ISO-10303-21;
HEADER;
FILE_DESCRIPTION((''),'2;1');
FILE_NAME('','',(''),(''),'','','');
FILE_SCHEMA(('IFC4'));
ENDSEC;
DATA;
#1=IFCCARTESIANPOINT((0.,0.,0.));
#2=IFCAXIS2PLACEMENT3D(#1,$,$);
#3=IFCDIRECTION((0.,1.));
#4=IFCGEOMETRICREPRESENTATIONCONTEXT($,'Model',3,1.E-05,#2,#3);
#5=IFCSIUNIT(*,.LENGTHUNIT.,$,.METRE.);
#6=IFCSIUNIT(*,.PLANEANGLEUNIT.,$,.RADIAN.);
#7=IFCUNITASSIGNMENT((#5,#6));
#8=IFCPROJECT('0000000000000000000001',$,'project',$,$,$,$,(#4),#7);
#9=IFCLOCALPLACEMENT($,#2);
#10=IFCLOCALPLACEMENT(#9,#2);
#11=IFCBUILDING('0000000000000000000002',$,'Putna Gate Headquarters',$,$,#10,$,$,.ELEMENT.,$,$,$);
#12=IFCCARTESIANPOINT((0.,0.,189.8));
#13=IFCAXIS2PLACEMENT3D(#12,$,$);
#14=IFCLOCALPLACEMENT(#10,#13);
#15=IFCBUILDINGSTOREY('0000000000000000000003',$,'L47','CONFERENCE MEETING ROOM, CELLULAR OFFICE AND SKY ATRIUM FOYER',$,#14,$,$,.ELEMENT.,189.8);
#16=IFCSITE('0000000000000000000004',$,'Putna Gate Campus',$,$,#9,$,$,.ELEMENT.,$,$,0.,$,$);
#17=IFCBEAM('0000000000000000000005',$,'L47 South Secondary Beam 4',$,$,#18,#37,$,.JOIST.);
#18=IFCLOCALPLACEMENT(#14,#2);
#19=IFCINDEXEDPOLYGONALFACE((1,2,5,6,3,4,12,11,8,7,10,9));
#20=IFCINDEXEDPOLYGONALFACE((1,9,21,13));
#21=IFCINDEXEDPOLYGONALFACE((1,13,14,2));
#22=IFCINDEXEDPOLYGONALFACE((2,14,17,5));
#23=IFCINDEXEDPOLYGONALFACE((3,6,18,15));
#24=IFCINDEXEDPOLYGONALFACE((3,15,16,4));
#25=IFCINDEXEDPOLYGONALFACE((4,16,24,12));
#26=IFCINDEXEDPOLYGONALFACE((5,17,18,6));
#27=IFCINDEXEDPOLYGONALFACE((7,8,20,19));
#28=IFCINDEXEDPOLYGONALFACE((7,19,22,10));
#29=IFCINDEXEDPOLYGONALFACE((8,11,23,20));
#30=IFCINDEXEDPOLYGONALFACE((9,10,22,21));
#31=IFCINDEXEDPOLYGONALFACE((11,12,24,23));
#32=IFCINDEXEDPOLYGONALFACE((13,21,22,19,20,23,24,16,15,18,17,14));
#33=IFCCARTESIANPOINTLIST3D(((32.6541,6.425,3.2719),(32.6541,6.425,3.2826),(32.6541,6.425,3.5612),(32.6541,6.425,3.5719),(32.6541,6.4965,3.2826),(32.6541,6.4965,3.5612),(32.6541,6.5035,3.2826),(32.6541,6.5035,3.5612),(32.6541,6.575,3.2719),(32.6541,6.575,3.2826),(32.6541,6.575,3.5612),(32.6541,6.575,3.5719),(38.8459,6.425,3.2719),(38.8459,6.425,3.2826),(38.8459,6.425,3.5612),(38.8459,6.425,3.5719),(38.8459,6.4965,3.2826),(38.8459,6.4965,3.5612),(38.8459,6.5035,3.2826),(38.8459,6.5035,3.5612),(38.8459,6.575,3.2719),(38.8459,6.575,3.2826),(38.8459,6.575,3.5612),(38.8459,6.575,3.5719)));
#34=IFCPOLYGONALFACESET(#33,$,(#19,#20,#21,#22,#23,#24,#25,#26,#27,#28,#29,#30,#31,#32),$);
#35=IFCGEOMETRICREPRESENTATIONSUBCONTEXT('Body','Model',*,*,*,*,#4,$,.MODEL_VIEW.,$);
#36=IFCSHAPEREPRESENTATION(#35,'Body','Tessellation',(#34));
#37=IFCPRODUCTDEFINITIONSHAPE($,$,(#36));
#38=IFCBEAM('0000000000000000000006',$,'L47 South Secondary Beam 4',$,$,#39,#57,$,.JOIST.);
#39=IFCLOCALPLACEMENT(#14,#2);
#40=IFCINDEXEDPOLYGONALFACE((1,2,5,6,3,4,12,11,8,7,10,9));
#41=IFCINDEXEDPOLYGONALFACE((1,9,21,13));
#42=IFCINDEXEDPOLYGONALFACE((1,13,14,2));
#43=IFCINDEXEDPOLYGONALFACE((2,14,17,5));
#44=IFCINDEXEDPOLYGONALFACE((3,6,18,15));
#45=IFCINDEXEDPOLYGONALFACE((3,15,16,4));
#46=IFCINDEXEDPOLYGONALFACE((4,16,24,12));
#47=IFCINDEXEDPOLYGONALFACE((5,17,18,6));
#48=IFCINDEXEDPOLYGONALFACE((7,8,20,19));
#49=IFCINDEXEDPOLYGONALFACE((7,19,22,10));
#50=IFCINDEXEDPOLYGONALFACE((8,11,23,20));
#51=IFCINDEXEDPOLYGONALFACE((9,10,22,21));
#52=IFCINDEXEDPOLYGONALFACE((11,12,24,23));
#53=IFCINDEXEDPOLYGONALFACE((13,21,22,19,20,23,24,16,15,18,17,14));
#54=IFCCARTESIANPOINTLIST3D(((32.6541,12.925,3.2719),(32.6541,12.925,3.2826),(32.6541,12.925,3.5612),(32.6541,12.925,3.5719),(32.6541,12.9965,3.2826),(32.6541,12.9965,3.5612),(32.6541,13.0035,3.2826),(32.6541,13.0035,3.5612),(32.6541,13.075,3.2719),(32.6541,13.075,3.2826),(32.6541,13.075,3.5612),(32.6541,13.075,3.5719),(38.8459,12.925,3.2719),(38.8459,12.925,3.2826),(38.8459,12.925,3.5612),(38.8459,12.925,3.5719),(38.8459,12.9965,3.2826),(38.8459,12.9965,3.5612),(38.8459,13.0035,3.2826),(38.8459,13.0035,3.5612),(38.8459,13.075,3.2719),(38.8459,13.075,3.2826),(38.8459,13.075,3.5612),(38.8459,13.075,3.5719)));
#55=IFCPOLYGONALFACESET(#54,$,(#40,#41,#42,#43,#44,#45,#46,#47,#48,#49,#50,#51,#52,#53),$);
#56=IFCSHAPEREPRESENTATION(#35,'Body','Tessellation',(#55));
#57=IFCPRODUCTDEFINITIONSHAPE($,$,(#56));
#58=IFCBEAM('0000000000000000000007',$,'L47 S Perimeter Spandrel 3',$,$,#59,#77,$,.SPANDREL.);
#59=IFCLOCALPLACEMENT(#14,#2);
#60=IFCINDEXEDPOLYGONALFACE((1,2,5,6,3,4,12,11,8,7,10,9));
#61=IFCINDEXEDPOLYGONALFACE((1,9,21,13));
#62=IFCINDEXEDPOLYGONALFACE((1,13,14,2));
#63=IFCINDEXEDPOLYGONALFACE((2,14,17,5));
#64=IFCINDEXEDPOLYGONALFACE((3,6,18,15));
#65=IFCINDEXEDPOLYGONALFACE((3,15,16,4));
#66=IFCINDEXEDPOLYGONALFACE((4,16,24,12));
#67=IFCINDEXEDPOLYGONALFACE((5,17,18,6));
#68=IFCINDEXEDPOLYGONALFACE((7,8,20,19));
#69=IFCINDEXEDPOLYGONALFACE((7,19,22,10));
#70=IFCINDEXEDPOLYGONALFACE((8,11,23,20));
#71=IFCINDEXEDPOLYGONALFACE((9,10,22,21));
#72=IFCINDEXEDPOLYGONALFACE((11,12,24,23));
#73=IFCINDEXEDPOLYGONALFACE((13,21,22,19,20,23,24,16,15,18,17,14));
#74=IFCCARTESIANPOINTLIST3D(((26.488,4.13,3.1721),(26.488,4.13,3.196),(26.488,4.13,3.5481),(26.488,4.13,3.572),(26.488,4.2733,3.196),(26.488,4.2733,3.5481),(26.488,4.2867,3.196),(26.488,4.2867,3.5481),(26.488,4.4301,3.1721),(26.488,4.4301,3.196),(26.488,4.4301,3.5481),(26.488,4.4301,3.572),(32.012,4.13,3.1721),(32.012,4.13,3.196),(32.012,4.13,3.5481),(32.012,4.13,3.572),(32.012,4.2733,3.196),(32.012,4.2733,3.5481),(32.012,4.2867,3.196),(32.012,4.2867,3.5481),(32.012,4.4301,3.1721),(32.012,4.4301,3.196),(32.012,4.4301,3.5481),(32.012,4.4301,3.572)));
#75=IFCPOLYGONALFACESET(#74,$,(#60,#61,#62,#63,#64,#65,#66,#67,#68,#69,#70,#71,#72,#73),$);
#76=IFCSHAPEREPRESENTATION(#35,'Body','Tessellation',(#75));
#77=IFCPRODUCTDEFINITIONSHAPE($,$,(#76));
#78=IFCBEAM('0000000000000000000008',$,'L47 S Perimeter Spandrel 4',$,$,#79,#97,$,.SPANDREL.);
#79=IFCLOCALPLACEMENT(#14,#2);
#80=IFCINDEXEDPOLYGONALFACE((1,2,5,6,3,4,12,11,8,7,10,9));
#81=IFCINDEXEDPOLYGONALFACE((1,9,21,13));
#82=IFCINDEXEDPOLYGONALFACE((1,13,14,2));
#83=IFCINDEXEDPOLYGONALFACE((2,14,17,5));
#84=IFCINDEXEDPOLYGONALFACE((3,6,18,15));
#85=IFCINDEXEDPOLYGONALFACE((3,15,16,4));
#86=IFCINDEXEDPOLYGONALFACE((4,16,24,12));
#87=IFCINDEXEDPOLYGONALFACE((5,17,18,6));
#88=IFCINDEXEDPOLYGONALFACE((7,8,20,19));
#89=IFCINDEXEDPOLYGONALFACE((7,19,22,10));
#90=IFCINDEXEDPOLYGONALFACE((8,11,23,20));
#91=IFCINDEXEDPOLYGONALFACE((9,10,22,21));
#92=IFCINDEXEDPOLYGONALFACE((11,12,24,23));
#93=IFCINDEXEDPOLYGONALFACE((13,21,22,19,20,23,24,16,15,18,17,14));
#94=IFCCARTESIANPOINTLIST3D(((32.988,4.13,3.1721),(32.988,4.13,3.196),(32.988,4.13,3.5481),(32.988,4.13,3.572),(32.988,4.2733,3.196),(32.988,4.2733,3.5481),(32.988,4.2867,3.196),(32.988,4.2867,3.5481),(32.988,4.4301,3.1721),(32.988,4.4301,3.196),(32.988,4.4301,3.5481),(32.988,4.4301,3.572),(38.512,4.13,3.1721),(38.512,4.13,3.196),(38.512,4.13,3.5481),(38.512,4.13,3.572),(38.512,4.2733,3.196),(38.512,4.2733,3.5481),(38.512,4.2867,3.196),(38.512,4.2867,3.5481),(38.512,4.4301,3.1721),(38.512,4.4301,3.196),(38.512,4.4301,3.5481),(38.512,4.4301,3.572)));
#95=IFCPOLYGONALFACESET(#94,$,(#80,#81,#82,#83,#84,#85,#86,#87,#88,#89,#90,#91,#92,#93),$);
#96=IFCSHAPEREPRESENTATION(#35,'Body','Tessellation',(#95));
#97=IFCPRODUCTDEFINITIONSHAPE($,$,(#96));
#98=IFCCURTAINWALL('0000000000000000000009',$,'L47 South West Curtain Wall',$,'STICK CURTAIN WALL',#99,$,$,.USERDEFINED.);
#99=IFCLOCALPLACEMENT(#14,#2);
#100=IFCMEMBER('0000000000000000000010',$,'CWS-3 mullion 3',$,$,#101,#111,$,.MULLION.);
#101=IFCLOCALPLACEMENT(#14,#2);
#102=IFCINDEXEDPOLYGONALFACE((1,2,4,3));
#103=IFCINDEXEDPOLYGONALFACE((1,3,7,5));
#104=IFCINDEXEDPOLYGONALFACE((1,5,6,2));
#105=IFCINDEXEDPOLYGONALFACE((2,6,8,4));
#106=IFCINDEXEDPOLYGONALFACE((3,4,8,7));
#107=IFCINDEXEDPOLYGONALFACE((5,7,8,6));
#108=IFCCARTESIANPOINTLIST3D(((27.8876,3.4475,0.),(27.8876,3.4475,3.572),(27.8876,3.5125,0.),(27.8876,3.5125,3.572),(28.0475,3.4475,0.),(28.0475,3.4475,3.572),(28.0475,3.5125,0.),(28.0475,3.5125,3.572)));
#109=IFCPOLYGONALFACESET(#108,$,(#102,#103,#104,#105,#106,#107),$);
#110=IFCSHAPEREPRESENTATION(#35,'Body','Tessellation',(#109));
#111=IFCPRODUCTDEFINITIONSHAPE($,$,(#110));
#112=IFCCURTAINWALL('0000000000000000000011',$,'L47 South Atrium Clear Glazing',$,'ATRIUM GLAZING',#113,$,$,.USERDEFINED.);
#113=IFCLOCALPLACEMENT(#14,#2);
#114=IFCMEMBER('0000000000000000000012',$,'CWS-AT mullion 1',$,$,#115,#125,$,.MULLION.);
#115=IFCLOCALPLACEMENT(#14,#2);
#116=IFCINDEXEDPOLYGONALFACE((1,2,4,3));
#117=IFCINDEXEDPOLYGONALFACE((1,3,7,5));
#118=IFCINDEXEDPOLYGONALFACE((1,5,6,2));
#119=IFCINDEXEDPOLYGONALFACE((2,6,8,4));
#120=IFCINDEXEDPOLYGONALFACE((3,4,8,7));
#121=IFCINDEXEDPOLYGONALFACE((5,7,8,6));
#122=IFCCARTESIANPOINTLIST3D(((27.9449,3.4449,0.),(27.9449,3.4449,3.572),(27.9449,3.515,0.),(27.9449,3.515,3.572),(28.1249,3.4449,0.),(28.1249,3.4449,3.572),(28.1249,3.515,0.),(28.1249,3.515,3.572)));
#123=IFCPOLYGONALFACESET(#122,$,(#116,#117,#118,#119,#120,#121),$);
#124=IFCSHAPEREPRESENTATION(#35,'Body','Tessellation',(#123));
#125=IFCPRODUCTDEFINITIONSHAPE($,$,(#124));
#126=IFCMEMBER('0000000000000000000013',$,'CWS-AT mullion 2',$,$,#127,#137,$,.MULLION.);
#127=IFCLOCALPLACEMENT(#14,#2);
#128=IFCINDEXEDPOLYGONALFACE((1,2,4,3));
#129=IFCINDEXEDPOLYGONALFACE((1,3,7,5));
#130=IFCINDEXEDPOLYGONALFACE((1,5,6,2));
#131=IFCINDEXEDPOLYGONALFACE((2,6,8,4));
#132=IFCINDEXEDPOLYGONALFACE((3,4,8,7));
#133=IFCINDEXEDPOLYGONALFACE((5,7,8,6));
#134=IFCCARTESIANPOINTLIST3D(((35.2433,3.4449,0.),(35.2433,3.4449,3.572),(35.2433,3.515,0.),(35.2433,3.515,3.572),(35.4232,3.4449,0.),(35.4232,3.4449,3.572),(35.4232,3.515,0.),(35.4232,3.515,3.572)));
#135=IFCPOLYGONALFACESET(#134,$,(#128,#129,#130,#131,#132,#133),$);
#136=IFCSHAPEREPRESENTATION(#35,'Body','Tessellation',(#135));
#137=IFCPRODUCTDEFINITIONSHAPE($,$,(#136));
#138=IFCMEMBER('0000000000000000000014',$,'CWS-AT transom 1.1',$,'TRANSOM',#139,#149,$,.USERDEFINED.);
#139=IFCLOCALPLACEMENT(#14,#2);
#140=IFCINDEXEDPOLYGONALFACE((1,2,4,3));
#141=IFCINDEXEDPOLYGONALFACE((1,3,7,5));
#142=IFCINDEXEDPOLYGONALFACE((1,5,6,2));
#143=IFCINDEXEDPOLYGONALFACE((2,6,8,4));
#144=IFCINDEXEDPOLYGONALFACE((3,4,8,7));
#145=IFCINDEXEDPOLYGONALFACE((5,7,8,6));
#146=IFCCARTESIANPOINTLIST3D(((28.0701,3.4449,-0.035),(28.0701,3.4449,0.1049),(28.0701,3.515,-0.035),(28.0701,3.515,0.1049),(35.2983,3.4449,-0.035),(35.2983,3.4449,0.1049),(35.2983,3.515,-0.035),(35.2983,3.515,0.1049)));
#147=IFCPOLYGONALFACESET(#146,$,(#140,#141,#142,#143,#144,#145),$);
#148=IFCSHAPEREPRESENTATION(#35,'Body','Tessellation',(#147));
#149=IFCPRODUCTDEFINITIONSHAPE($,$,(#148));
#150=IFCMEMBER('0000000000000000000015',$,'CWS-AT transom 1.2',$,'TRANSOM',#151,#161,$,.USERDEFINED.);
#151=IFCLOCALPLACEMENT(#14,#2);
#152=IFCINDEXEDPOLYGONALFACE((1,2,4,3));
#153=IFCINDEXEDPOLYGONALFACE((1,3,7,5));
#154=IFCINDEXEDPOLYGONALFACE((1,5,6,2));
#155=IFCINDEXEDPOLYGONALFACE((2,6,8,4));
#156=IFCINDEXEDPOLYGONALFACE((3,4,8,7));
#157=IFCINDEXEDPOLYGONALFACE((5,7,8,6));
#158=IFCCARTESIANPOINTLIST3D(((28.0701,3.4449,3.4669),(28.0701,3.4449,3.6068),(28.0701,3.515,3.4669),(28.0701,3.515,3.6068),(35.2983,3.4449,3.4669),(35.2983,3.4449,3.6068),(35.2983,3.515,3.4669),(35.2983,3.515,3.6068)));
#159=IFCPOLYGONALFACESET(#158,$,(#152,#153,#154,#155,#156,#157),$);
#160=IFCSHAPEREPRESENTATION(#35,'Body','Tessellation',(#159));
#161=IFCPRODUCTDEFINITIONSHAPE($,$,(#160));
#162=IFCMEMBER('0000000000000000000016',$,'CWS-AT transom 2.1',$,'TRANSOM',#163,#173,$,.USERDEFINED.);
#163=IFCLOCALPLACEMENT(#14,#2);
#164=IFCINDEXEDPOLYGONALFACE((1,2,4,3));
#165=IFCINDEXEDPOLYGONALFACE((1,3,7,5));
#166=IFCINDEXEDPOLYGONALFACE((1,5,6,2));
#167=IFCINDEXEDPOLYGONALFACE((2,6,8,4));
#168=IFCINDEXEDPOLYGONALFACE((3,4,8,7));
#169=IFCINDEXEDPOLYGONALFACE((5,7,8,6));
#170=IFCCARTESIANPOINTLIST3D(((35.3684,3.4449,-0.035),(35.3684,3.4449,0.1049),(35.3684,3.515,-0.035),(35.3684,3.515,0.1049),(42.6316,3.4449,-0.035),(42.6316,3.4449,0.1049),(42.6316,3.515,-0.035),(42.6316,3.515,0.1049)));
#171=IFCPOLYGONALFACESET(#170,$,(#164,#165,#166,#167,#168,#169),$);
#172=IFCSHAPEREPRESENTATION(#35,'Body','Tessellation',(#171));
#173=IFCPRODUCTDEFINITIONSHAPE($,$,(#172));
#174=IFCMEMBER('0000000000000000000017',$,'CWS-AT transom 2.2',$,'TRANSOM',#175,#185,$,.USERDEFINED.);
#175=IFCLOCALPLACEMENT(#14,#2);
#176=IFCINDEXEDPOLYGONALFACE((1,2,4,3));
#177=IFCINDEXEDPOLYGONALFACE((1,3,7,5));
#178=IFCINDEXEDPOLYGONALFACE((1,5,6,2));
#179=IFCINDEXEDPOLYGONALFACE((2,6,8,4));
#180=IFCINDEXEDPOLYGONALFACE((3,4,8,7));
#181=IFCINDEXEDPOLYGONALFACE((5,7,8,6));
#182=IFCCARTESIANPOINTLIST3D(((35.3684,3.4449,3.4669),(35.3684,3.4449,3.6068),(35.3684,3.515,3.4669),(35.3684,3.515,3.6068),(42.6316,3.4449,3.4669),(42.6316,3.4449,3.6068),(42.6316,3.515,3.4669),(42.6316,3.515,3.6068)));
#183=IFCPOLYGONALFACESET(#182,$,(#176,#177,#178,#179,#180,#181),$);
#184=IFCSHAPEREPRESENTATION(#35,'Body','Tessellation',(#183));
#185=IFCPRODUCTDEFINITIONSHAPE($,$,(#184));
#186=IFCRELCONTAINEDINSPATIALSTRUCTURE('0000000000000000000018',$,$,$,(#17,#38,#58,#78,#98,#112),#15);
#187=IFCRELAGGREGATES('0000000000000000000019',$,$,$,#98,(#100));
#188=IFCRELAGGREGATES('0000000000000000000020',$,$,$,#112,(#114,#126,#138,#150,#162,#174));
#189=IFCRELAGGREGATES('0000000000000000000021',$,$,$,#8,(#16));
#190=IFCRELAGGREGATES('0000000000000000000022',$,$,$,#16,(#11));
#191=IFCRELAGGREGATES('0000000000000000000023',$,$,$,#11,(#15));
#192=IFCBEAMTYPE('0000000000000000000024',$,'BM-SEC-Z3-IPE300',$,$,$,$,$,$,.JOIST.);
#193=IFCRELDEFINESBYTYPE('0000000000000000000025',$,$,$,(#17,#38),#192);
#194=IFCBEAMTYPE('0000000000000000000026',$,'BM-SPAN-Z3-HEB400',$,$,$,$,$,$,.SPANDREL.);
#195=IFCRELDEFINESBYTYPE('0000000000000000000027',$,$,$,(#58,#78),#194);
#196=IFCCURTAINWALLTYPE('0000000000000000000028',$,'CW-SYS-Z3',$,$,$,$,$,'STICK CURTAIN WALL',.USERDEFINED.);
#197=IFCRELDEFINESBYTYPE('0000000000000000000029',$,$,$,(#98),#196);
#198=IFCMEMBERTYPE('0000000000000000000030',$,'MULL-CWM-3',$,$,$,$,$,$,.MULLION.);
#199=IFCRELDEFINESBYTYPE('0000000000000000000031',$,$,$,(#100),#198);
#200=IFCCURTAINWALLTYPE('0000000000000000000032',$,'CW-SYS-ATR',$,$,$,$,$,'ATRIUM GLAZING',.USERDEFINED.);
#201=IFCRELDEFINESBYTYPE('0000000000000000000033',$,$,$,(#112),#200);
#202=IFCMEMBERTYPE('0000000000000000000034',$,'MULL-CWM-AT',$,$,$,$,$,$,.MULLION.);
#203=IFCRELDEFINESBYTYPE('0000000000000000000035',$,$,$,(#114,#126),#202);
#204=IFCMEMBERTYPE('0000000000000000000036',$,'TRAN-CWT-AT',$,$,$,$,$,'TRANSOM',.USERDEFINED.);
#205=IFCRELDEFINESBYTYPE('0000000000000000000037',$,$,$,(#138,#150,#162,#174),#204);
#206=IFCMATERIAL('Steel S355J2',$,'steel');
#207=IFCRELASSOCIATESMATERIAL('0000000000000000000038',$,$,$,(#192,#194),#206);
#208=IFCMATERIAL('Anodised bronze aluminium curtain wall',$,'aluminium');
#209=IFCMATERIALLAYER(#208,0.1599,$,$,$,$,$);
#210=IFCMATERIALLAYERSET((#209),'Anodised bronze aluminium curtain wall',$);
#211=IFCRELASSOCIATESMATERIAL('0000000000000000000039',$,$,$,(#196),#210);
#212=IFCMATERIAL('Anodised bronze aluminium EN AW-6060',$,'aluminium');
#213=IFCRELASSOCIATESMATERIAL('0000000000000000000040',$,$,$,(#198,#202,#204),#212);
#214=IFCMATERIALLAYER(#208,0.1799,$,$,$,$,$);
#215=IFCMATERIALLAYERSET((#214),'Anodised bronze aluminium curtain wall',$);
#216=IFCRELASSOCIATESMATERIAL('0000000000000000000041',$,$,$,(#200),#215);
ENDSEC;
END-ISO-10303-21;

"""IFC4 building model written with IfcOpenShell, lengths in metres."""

from ifc_helpers import new_model, si_unit, direction, frame, origin, origin_2d, place, context, subcontext, project, spatial, rectangle, i_section, extrude, material, layer, layer_set, material_profile, profile_set, type_object, element, aggregate, save


model = new_model("IFC4")

# Units and contexts
model_context = context("Model", 3, precision=1e-05, world=origin(), true_north=direction((0.0, 1.0)))
body_context = subcontext(model_context, "Body", "Model", "MODEL_VIEW")
ifc_project = project(units=[si_unit("LENGTHUNIT", "METRE"), si_unit("PLANEANGLEUNIT", "RADIAN")], contexts=[model_context])

# Site, building, storey
site_placement = place(None, origin())
site = spatial("IfcSite", under=ifc_project, at=site_placement, Name="Putna Gate Campus", CompositionType="ELEMENT", RefElevation=0.0)
building_placement = place(site_placement, origin())
building = spatial("IfcBuilding", under=site, at=building_placement, Name="Putna Gate Headquarters", CompositionType="ELEMENT")
storey_placement = place(building_placement, frame((0.0, 0.0, 189.8)))
storey = spatial("IfcBuildingStorey", under=building, at=storey_placement, Name="L47", Description="CONFERENCE MEETING ROOM, CELLULAR OFFICE AND SKY ATRIUM FOYER", CompositionType="ELEMENT", Elevation=189.8)

# Beams
ifc_material_1 = material(Name="Steel S355J2", Category="steel")
ifc_material_profile_1 = material_profile(ifc_material_1, i_section(OverallWidth=0.1499, OverallDepth=0.3, WebThickness=0.0071, FlangeThickness=0.0107, at=origin_2d()), Name="Steel S355J2")
ifc_profile_set_1 = profile_set([ifc_material_profile_1], Name="Steel S355J2")
beam_type_1 = type_object("IfcBeamType", Name="BM-SEC-Z3-IPE300", PredefinedType="JOIST", material=ifc_profile_set_1)
for number, where, z_axis, x_axis, name in (
    (1, (32.6541, 6.5, 3.4219), (1.0, 0.0, 0.0), (0.0, 1.0, 0.0), "L47 South Secondary Beam 4"),
    (2, (32.6541, 13.0, 3.4219), (1.0, 0.0, 0.0), (0.0, 1.0, 0.0), "L47 South Secondary Beam 4"),
):
    element("IfcBeam", number, at=place(storey_placement, frame(where, z_axis=z_axis, x_axis=x_axis)), inside=storey, type_object=beam_type_1, Name=name, PredefinedType="JOIST", context=body_context, shape_type="SweptSolid", body=[
        extrude(i_section(OverallWidth=0.1499, OverallDepth=0.3, WebThickness=0.0071, FlangeThickness=0.0107, at=origin_2d()), origin(), (0.0, 0.0, 1.0), 6.1919),
    ])
ifc_material_profile_2 = material_profile(ifc_material_1, i_section(OverallWidth=0.3, OverallDepth=0.3999, WebThickness=0.0134, FlangeThickness=0.0239, at=origin_2d()), Name="Steel S355J2")
ifc_profile_set_2 = profile_set([ifc_material_profile_2], Name="Steel S355J2")
beam_type_2 = type_object("IfcBeamType", Name="BM-SPAN-Z3-HEB400", PredefinedType="SPANDREL", material=ifc_profile_set_2)
for number, where, z_axis, x_axis, name in (
    (3, (26.488, 4.28, 3.3721), (1.0, 0.0, 0.0), (0.0, 1.0, 0.0), "L47 S Perimeter Spandrel 3"),
    (4, (32.988, 4.28, 3.3721), (1.0, 0.0, 0.0), (0.0, 1.0, 0.0), "L47 S Perimeter Spandrel 4"),
):
    element("IfcBeam", number, at=place(storey_placement, frame(where, z_axis=z_axis, x_axis=x_axis)), inside=storey, type_object=beam_type_2, Name=name, PredefinedType="SPANDREL", context=body_context, shape_type="SweptSolid", body=[
        extrude(i_section(OverallWidth=0.3, OverallDepth=0.3999, WebThickness=0.0134, FlangeThickness=0.0239, at=origin_2d()), origin(), (0.0, 0.0, 1.0), 5.5239),
    ])

# Curtain wall, member
ifc_material_2 = material(Name="Anodised bronze aluminium curtain wall", Category="aluminium")
ifc_layer_1 = layer(ifc_material_2, 0.1599)
ifc_layer_set_1 = layer_set([ifc_layer_1], Name="Anodised bronze aluminium curtain wall")
curtain_wall_type_1 = type_object("IfcCurtainWallType", Name="CW-SYS-Z3", ElementType="STICK CURTAIN WALL", PredefinedType="USERDEFINED", material=ifc_layer_set_1)
curtain_wall_1_placement = place(storey_placement, origin())
curtain_wall_1 = element("IfcCurtainWall", 5, at=curtain_wall_1_placement, inside=storey, type_object=curtain_wall_type_1, Name="L47 South West Curtain Wall", ObjectType="STICK CURTAIN WALL", PredefinedType="USERDEFINED")
ifc_material_3 = material(Name="Anodised bronze aluminium EN AW-6060", Category="aluminium")
ifc_material_profile_3 = material_profile(ifc_material_3, rectangle(XDim=0.0649, YDim=0.1599, at=origin_2d()), Name="Anodised bronze aluminium EN AW-6060")
ifc_profile_set_3 = profile_set([ifc_material_profile_3], Name="Anodised bronze aluminium EN AW-6060")
member_type_1 = type_object("IfcMemberType", Name="MULL-CWM-3", PredefinedType="MULLION", material=ifc_profile_set_3)
member_1_placement = place(storey_placement, frame((27.9675, 3.48, 0.0), z_axis=(0.0, 0.0, 1.0), x_axis=(0.0, 1.0, 0.0)))
member_1 = element("IfcMember", 6, at=member_1_placement, type_object=member_type_1, Name="CWS-3 mullion 3", PredefinedType="MULLION", context=body_context, shape_type="SweptSolid", body=[
    extrude(rectangle(XDim=0.0649, YDim=0.1599, at=origin_2d()), origin(), (0.0, 0.0, 1.0), 3.572),
])
aggregate(curtain_wall_1, [member_1])

# Curtain wall, members
ifc_layer_2 = layer(ifc_material_2, 0.1799)
ifc_layer_set_2 = layer_set([ifc_layer_2], Name="Anodised bronze aluminium curtain wall")
curtain_wall_type_2 = type_object("IfcCurtainWallType", Name="CW-SYS-ATR", ElementType="ATRIUM GLAZING", PredefinedType="USERDEFINED", material=ifc_layer_set_2)
curtain_wall_2_placement = place(storey_placement, origin())
curtain_wall_2 = element("IfcCurtainWall", 7, at=curtain_wall_2_placement, inside=storey, type_object=curtain_wall_type_2, Name="L47 South Atrium Clear Glazing", ObjectType="ATRIUM GLAZING", PredefinedType="USERDEFINED")
ifc_material_profile_4 = material_profile(ifc_material_3, rectangle(XDim=0.0701, YDim=0.1799, at=origin_2d()), Name="Anodised bronze aluminium EN AW-6060")
ifc_profile_set_4 = profile_set([ifc_material_profile_4], Name="Anodised bronze aluminium EN AW-6060")
member_type_2 = type_object("IfcMemberType", Name="MULL-CWM-AT", PredefinedType="MULLION", material=ifc_profile_set_4)
member_2_placement = place(storey_placement, frame((28.0349, 3.48, 0.0), z_axis=(0.0, 0.0, 1.0), x_axis=(0.0, 1.0, 0.0)))
member_2 = element("IfcMember", 8, at=member_2_placement, type_object=member_type_2, Name="CWS-AT mullion 1", PredefinedType="MULLION", context=body_context, shape_type="SweptSolid", body=[
    extrude(rectangle(XDim=0.0701, YDim=0.1799, at=origin_2d()), origin(), (0.0, 0.0, 1.0), 3.572),
])
member_3_placement = place(storey_placement, frame((35.3333, 3.48, 0.0), z_axis=(0.0, 0.0, 1.0), x_axis=(0.0, 1.0, 0.0)))
member_3 = element("IfcMember", 9, at=member_3_placement, type_object=member_type_2, Name="CWS-AT mullion 2", PredefinedType="MULLION", context=body_context, shape_type="SweptSolid", body=[
    extrude(rectangle(XDim=0.0701, YDim=0.1799, at=origin_2d()), origin(), (0.0, 0.0, 1.0), 3.572),
])
ifc_material_profile_5 = material_profile(ifc_material_3, rectangle(XDim=0.0701, YDim=0.1399, at=origin_2d()), Name="Anodised bronze aluminium EN AW-6060")
ifc_profile_set_5 = profile_set([ifc_material_profile_5], Name="Anodised bronze aluminium EN AW-6060")
member_type_3 = type_object("IfcMemberType", Name="TRAN-CWT-AT", ElementType="TRANSOM", PredefinedType="USERDEFINED", material=ifc_profile_set_5)
member_4_placement = place(storey_placement, frame((28.0701, 3.48, 0.0349), z_axis=(1.0, 0.0, 0.0), x_axis=(0.0, 1.0, 0.0)))
member_4 = element("IfcMember", 10, at=member_4_placement, type_object=member_type_3, Name="CWS-AT transom 1.1", ObjectType="TRANSOM", PredefinedType="USERDEFINED", context=body_context, shape_type="SweptSolid", body=[
    extrude(rectangle(XDim=0.0701, YDim=0.1399, at=origin_2d()), origin(), (0.0, 0.0, 1.0), 7.2283),
])
member_5_placement = place(storey_placement, frame((28.0701, 3.48, 3.5369), z_axis=(1.0, 0.0, 0.0), x_axis=(0.0, 1.0, 0.0)))
member_5 = element("IfcMember", 11, at=member_5_placement, type_object=member_type_3, Name="CWS-AT transom 1.2", ObjectType="TRANSOM", PredefinedType="USERDEFINED", context=body_context, shape_type="SweptSolid", body=[
    extrude(rectangle(XDim=0.0701, YDim=0.1399, at=origin_2d()), origin(), (0.0, 0.0, 1.0), 7.2283),
])
member_6_placement = place(storey_placement, frame((35.3684, 3.48, 0.0349), z_axis=(1.0, 0.0, 0.0), x_axis=(0.0, 1.0, 0.0)))
member_6 = element("IfcMember", 12, at=member_6_placement, type_object=member_type_3, Name="CWS-AT transom 2.1", ObjectType="TRANSOM", PredefinedType="USERDEFINED", context=body_context, shape_type="SweptSolid", body=[
    extrude(rectangle(XDim=0.0701, YDim=0.1399, at=origin_2d()), origin(), (0.0, 0.0, 1.0), 7.2632),
])
member_7_placement = place(storey_placement, frame((35.3684, 3.48, 3.5369), z_axis=(1.0, 0.0, 0.0), x_axis=(0.0, 1.0, 0.0)))
member_7 = element("IfcMember", 13, at=member_7_placement, type_object=member_type_3, Name="CWS-AT transom 2.2", ObjectType="TRANSOM", PredefinedType="USERDEFINED", context=body_context, shape_type="SweptSolid", body=[
    extrude(rectangle(XDim=0.0701, YDim=0.1399, at=origin_2d()), origin(), (0.0, 0.0, 1.0), 7.2632),
])
aggregate(curtain_wall_2, [member_2, member_3, member_4, member_5, member_6, member_7])

save(model, "model.ifc")
